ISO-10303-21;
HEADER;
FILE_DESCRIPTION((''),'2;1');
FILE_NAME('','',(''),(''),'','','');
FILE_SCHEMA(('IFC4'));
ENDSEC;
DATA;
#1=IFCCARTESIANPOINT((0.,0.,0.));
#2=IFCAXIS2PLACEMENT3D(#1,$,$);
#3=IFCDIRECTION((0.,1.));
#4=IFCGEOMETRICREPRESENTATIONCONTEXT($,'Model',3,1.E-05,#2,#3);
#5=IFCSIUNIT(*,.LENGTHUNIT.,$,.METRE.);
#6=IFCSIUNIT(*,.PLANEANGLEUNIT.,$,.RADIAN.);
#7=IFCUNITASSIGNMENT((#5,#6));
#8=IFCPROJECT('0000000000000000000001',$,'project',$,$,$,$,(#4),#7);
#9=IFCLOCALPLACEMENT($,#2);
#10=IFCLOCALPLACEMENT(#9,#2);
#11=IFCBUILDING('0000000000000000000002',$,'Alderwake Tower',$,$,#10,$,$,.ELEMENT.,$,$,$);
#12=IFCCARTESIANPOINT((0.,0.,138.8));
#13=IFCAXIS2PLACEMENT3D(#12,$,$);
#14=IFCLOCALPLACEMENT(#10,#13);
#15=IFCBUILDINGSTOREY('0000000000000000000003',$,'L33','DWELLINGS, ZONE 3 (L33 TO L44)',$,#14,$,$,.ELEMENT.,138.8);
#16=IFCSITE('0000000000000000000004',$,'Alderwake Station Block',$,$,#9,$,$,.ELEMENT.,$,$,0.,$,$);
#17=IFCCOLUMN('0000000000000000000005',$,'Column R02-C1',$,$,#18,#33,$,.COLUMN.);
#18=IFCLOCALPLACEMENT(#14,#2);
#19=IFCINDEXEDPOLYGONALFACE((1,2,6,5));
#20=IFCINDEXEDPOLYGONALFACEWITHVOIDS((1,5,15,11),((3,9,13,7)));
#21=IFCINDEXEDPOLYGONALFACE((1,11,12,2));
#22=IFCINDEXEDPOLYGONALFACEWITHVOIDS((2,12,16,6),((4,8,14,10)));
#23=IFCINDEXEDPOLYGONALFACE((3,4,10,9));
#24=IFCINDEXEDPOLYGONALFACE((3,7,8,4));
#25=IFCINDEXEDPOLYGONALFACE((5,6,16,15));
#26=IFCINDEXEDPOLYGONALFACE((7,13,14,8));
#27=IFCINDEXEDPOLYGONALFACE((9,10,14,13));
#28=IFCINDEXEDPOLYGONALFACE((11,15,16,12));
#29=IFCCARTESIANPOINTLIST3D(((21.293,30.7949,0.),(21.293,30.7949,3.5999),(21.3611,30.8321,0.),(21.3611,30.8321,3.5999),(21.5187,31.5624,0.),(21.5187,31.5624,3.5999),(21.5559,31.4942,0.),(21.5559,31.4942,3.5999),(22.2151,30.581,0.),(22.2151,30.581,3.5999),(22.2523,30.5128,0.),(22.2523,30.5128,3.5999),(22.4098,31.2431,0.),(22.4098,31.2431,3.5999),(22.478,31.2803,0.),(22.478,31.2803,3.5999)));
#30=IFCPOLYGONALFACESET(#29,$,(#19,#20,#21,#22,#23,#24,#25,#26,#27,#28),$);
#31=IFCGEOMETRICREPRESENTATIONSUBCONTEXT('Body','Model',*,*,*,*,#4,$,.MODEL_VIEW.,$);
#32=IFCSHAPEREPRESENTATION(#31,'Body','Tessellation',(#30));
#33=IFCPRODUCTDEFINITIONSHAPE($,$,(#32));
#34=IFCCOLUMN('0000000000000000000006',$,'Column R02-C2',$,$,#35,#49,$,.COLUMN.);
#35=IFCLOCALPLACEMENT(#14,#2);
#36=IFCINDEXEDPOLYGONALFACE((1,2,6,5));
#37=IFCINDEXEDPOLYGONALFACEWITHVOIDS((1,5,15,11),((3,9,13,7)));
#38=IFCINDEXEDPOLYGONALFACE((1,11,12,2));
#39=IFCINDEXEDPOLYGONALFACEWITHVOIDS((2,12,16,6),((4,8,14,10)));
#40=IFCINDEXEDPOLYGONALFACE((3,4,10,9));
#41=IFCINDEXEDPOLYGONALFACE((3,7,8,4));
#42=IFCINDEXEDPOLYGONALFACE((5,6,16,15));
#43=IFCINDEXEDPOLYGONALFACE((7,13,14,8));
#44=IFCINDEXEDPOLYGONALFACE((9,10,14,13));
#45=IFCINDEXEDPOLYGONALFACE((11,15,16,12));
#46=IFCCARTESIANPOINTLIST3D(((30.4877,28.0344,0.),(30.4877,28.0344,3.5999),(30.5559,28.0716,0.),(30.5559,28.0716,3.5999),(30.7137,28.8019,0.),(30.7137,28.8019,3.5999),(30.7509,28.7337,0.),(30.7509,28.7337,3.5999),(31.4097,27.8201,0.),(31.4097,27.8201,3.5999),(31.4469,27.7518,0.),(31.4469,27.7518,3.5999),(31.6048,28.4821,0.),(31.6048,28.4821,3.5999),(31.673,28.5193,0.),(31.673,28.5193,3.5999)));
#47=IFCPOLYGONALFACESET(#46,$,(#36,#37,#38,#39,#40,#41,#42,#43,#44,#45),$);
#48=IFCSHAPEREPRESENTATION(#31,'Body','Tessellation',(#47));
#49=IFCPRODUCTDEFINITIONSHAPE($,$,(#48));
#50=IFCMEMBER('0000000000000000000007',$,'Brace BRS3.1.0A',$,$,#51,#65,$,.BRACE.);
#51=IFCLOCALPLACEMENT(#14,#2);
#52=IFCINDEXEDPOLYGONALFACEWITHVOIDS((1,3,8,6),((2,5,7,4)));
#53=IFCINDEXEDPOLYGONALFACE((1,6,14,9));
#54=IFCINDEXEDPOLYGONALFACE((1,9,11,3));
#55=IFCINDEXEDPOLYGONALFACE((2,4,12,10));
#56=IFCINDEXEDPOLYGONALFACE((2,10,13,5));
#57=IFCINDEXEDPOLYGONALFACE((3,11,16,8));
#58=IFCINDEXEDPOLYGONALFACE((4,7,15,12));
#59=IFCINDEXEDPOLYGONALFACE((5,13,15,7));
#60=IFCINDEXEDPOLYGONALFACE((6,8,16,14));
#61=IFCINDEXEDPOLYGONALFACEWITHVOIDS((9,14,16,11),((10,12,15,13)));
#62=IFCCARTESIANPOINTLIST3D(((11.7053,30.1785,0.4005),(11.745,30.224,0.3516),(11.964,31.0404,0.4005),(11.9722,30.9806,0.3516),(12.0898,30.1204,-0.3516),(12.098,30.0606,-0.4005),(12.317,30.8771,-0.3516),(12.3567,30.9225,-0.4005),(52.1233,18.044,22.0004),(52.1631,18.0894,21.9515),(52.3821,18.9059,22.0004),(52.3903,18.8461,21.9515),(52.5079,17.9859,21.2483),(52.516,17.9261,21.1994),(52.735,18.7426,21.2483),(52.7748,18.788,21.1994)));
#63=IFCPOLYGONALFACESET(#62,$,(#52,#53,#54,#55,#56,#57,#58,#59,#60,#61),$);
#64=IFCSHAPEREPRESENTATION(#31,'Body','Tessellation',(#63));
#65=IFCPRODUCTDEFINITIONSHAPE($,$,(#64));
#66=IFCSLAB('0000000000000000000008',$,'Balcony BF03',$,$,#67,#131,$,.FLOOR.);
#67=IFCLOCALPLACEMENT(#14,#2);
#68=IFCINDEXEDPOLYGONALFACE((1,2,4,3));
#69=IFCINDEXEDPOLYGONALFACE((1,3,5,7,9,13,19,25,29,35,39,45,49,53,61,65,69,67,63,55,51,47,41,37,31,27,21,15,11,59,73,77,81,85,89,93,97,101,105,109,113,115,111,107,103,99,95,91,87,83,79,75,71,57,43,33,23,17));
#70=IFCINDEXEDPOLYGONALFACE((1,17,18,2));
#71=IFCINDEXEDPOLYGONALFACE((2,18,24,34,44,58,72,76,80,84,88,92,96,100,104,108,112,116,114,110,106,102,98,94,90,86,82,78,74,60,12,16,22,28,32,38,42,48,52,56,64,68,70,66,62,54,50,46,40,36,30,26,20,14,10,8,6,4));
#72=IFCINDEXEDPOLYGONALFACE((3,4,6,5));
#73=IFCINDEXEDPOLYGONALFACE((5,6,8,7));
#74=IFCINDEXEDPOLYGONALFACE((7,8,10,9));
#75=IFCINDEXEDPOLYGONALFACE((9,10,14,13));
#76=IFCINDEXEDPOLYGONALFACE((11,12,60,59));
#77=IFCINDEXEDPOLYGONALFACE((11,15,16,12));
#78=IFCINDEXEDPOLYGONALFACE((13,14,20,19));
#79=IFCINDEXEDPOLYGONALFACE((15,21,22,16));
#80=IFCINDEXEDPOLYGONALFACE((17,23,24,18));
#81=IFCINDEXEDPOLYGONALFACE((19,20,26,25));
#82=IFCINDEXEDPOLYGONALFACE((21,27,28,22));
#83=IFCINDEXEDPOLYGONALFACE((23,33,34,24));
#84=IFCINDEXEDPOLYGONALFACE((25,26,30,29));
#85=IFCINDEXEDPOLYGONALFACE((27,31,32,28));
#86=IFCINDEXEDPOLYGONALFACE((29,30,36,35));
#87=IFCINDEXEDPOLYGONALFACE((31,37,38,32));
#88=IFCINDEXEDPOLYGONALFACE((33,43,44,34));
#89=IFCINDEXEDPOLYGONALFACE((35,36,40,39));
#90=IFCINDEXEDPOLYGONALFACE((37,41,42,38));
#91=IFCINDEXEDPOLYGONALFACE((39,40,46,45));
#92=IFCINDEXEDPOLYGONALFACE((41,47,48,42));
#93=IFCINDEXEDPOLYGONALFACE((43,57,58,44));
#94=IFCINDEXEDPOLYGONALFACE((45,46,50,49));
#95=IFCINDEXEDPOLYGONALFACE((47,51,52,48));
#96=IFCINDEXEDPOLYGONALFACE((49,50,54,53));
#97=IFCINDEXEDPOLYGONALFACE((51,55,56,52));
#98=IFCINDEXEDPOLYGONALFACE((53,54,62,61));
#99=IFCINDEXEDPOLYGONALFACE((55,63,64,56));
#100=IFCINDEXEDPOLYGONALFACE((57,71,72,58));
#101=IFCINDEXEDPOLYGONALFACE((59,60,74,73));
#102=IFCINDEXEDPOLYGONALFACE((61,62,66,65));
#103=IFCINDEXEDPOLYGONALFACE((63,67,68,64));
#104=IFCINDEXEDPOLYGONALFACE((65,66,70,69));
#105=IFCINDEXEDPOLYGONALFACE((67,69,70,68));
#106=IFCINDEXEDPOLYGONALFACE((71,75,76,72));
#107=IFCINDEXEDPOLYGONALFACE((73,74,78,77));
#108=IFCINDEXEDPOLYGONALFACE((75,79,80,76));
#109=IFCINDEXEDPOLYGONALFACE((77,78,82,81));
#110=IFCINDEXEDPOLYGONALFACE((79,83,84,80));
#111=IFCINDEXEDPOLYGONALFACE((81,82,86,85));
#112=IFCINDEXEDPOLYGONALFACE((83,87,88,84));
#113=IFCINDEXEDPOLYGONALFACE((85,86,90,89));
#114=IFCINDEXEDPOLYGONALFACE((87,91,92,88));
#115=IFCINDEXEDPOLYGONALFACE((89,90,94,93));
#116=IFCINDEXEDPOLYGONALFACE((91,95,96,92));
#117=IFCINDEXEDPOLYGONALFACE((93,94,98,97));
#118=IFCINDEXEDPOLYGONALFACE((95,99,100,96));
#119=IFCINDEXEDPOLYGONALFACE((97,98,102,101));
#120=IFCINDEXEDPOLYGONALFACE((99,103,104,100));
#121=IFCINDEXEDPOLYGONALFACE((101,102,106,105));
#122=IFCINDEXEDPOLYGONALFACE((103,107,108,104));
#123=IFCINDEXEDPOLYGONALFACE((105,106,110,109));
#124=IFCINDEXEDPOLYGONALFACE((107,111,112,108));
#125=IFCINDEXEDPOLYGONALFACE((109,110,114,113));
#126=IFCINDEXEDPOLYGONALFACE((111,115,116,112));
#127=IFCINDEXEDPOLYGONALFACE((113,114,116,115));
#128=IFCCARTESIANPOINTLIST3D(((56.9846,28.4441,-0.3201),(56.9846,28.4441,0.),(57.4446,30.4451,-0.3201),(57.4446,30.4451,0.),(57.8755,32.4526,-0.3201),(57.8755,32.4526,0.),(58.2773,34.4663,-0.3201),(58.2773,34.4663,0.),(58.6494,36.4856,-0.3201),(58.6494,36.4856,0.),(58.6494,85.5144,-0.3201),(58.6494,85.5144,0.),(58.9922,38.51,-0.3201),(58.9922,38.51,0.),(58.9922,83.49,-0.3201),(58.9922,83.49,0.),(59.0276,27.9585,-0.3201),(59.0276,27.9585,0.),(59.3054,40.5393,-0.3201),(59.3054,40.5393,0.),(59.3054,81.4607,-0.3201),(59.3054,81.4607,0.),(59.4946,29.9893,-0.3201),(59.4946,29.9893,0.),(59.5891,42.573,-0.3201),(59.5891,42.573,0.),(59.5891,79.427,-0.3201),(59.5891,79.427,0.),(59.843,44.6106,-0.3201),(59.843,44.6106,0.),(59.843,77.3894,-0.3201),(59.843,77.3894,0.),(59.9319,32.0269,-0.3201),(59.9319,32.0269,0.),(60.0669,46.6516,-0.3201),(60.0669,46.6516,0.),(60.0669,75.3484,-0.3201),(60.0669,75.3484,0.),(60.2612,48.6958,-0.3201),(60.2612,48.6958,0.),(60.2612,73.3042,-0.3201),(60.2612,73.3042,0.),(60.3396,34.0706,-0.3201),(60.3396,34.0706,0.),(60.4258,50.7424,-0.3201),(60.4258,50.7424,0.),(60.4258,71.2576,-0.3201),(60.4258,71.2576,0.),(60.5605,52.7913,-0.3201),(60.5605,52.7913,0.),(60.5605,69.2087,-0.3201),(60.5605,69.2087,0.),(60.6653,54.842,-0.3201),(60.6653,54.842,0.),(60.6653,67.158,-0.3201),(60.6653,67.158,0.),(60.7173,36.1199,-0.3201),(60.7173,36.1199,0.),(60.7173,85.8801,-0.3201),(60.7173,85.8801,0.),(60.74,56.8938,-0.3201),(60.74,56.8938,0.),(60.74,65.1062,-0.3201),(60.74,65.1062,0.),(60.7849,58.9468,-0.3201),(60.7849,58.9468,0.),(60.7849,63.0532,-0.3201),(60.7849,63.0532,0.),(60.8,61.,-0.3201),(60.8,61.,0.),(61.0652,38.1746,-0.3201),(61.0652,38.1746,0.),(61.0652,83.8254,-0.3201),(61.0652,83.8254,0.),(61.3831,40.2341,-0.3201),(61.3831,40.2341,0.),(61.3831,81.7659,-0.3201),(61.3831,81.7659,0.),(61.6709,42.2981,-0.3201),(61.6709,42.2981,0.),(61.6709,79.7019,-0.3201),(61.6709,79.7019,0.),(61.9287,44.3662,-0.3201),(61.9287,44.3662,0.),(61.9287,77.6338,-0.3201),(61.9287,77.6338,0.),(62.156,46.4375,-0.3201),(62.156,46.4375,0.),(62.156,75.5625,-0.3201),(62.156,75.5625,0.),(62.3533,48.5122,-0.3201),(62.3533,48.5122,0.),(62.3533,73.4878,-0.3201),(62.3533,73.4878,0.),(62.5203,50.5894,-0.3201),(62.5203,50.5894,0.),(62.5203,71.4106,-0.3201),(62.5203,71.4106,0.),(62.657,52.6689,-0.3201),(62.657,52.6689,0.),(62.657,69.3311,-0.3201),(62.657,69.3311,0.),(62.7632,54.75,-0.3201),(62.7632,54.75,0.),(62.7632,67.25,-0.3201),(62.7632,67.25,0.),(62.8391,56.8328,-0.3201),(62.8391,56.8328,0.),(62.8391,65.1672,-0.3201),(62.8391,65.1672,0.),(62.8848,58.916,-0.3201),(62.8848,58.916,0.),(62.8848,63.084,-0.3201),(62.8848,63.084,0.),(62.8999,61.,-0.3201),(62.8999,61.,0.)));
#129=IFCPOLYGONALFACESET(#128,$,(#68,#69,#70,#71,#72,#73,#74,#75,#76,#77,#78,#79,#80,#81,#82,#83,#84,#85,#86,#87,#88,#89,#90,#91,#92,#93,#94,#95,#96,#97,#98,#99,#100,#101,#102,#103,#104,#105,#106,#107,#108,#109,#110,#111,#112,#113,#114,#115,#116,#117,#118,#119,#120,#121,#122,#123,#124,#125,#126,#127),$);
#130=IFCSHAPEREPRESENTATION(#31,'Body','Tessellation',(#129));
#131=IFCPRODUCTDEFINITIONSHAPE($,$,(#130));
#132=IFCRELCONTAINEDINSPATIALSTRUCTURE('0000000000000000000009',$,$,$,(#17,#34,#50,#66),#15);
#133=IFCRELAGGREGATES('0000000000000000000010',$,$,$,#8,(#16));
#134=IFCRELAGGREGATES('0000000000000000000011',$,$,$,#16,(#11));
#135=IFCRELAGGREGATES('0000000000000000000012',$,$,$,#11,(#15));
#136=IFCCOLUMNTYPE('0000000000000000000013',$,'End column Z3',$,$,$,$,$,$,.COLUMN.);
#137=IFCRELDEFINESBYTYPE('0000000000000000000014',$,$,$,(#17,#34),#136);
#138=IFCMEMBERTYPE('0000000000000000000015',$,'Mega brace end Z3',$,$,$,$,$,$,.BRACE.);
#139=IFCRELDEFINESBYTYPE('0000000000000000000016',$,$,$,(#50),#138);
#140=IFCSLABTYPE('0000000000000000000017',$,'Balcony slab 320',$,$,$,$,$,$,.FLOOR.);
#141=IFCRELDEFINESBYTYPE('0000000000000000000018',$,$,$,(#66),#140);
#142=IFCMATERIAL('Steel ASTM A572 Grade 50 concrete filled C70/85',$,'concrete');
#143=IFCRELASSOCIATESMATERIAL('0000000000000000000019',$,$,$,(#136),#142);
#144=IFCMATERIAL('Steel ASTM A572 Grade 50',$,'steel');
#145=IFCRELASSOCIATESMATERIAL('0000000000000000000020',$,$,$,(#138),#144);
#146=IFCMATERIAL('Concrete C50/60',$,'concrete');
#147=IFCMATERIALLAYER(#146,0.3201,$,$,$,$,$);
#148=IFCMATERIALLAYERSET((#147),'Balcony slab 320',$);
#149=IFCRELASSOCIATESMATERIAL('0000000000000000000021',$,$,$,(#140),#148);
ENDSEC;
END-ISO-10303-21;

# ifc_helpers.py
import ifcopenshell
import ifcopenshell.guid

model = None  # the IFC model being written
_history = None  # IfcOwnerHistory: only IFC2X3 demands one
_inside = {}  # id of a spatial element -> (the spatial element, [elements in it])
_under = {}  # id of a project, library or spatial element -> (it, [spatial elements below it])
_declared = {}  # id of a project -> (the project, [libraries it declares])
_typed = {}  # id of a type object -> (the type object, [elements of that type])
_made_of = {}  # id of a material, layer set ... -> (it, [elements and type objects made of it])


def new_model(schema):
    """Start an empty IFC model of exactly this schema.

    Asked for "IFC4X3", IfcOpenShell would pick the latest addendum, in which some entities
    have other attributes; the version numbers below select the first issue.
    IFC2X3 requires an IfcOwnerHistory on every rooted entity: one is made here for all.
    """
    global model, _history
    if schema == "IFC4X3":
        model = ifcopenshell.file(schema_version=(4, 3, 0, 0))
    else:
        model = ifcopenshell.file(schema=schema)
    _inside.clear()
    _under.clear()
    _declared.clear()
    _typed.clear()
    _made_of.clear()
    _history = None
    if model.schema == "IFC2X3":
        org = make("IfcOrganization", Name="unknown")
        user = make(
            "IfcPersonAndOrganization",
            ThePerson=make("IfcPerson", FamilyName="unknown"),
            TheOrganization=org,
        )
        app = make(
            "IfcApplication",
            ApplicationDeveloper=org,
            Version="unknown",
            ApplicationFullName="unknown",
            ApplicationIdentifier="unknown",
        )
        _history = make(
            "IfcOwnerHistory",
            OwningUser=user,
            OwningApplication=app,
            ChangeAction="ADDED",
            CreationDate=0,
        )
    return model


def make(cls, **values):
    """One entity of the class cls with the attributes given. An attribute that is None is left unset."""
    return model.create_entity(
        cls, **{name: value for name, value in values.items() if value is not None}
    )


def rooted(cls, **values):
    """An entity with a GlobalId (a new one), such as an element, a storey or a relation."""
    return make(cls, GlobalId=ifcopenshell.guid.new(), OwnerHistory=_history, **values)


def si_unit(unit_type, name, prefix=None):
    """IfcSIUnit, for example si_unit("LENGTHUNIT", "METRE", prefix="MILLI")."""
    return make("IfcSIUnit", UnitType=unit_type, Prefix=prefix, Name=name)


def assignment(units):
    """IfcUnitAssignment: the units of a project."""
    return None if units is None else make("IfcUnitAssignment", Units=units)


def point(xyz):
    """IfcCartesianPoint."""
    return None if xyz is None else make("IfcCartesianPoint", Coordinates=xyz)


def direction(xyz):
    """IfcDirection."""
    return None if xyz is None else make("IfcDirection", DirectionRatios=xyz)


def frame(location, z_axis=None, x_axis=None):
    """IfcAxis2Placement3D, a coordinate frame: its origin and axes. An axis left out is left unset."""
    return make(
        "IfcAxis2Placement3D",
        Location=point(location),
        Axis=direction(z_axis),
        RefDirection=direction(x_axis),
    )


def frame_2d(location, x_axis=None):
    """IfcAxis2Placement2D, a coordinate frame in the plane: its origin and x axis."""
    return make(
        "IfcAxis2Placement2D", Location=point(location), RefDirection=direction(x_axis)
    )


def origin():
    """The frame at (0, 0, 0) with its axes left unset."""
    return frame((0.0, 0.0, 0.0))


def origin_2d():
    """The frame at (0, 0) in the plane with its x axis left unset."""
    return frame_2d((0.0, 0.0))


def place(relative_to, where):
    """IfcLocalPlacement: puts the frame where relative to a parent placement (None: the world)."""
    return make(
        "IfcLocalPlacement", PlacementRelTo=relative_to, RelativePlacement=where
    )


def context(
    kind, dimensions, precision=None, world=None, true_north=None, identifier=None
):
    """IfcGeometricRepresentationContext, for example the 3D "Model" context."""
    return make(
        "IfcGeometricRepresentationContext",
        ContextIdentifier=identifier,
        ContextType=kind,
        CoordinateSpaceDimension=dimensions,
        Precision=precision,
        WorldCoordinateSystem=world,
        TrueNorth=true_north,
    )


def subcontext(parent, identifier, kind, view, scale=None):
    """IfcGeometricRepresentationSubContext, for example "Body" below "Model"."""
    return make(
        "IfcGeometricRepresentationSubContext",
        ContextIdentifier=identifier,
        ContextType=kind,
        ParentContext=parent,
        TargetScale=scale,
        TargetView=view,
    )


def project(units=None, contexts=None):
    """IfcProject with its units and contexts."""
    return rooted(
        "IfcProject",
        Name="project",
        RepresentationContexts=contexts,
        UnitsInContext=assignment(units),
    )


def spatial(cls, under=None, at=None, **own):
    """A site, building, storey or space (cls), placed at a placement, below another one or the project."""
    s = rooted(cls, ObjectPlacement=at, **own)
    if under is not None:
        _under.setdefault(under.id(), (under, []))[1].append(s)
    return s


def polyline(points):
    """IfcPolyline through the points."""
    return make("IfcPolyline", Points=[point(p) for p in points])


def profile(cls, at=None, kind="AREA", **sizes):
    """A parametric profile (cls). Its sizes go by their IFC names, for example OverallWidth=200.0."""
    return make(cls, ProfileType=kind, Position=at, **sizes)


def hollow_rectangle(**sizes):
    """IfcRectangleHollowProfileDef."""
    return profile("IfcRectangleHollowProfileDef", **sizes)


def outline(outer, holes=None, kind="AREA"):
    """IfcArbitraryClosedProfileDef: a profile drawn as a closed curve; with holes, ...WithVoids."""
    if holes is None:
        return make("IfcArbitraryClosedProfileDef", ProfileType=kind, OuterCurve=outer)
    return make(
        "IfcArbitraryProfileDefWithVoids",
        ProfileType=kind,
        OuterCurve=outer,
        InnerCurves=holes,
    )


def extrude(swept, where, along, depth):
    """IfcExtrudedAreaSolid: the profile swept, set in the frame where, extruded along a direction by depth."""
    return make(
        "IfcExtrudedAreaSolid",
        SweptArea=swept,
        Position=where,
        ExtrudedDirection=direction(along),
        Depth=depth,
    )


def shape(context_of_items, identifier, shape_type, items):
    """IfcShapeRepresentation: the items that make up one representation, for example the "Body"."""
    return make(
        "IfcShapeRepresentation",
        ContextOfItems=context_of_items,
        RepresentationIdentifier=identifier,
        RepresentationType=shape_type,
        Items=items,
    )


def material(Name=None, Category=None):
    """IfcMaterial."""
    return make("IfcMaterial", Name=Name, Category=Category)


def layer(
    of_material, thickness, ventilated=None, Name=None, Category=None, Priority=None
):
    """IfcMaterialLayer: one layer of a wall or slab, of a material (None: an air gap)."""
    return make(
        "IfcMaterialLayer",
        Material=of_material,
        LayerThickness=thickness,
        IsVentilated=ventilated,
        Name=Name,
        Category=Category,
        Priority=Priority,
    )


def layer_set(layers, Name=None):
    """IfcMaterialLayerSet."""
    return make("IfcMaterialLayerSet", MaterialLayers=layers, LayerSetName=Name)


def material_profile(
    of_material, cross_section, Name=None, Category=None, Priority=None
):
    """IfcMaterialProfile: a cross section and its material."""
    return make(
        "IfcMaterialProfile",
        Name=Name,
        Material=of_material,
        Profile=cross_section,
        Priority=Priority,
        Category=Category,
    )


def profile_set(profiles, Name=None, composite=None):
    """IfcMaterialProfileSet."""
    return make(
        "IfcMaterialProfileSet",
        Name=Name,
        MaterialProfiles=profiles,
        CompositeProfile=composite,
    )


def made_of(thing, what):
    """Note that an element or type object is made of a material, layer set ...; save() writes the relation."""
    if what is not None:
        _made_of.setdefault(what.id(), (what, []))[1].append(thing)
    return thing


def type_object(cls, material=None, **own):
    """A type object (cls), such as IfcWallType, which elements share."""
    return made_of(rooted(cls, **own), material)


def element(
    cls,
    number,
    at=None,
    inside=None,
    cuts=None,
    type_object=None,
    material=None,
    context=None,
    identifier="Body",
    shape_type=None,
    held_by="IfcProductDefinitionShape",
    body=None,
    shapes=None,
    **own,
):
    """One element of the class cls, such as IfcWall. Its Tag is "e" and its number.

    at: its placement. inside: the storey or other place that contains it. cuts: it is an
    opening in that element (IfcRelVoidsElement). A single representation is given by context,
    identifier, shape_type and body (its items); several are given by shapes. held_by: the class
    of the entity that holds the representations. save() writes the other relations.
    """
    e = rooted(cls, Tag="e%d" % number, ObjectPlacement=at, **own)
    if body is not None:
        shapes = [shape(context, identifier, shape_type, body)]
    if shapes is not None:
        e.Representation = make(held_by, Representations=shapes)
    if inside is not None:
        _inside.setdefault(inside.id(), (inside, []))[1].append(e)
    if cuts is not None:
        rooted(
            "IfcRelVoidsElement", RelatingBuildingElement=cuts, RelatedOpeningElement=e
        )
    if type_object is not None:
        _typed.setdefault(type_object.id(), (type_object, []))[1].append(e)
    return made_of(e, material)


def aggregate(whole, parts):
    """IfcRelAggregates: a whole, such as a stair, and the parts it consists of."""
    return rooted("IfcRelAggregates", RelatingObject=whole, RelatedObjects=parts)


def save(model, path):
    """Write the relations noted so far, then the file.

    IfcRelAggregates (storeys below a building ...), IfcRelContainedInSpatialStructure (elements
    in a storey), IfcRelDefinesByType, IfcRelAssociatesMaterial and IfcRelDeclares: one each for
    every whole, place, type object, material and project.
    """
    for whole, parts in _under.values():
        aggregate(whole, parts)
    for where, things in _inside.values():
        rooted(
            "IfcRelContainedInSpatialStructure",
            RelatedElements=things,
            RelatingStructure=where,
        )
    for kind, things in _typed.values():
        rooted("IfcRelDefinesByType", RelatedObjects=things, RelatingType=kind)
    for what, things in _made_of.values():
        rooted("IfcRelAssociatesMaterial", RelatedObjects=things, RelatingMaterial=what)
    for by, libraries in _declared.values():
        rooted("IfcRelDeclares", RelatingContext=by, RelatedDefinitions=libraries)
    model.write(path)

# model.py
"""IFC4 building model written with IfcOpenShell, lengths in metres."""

from ifc_helpers import new_model, si_unit, direction, frame, origin, origin_2d, place, context, subcontext, project, spatial, polyline, hollow_rectangle, outline, extrude, material, layer, layer_set, material_profile, profile_set, type_object, element, save


model = new_model("IFC4")

# Units and contexts
model_context = context("Model", 3, precision=1e-05, world=origin(), true_north=direction((0.0, 1.0)))
body_context = subcontext(model_context, "Body", "Model", "MODEL_VIEW")
ifc_project = project(units=[si_unit("LENGTHUNIT", "METRE"), si_unit("PLANEANGLEUNIT", "RADIAN")], contexts=[model_context])

# Site, building, storey
site_placement = place(None, origin())
site = spatial("IfcSite", under=ifc_project, at=site_placement, Name="Alderwake Station Block", CompositionType="ELEMENT", RefElevation=0.0)
building_placement = place(site_placement, origin())
building = spatial("IfcBuilding", under=site, at=building_placement, Name="Alderwake Tower", CompositionType="ELEMENT")
storey_placement = place(building_placement, frame((0.0, 0.0, 138.8)))
storey = spatial("IfcBuildingStorey", under=building, at=storey_placement, Name="L33", Description="DWELLINGS, ZONE 3 (L33 TO L44)", CompositionType="ELEMENT", Elevation=138.8)

# Columns
ifc_material_1 = material(Name="Steel ASTM A572 Grade 50 concrete filled C70/85", Category="concrete")
ifc_material_profile_1 = material_profile(ifc_material_1, hollow_rectangle(XDim=0.8, YDim=1.0, WallThickness=0.0549, at=origin_2d()), Name="BOX 1000X800X55")
ifc_profile_set_1 = profile_set([ifc_material_profile_1], Name="Steel ASTM A572 Grade 50 concrete filled C70/85")
column_type = type_object("IfcColumnType", Name="End column Z3", PredefinedType="COLUMN", material=ifc_profile_set_1)
for number, where, z_axis, x_axis, name in (
    (1, (21.8855, 31.0376, 0.0), (0.0, 0.0, 1.0), (0.282132, 0.959376, 0.0), "Column R02-C1"),
    (2, (31.0803, 28.2769, 0.0), (0.0, 0.0, 1.0), (0.282583, 0.959243, 0.0), "Column R02-C2"),
):
    element("IfcColumn", number, at=place(storey_placement, frame(where, z_axis=z_axis, x_axis=x_axis)), inside=storey, type_object=column_type, Name=name, PredefinedType="COLUMN", context=body_context, shape_type="SweptSolid", body=[
        extrude(hollow_rectangle(XDim=0.8, YDim=1.0, WallThickness=0.0549, at=origin_2d()), origin(), (0.0, 0.0, 1.0), 3.5999),
    ])

# Member
ifc_material_2 = material(Name="Steel ASTM A572 Grade 50", Category="steel")
ifc_material_profile_2 = material_profile(ifc_material_2, hollow_rectangle(XDim=0.8999, YDim=0.8999, WallThickness=0.0549, at=origin_2d()), Name="BOX 900X900X55")
ifc_profile_set_2 = profile_set([ifc_material_profile_2], Name="Steel ASTM A572 Grade 50")
member_type = type_object("IfcMemberType", Name="Mega brace end Z3", PredefinedType="BRACE", material=ifc_profile_set_2)
member_placement = place(storey_placement, frame((12.031, 30.5505, 0.0), z_axis=(0.852576, -0.255965, 0.455627), x_axis=(0.287546, 0.957767, 0.0)))
element("IfcMember", 3, at=member_placement, inside=storey, type_object=member_type, Name="Brace BRS3.1.0A", PredefinedType="BRACE", context=body_context, shape_type="SweptSolid", body=[
    extrude(hollow_rectangle(XDim=0.8999, YDim=0.8999, WallThickness=0.0549, at=origin_2d()), origin(), (0.0, 0.0, 1.0), 47.407),
])

# Slab
ifc_material_3 = material(Name="Concrete C50/60", Category="concrete")
ifc_layer_1 = layer(ifc_material_3, 0.3201)
ifc_layer_set_1 = layer_set([ifc_layer_1], Name="Balcony slab 320")
slab_type_1 = type_object("IfcSlabType", Name="Balcony slab 320", PredefinedType="FLOOR", material=ifc_layer_set_1)
slab_1_placement = place(storey_placement, frame((0.0, 0.0, -0.3201)))
element("IfcSlab", 4, at=slab_1_placement, inside=storey, type_object=slab_type_1, Name="Balcony BF03", PredefinedType="FLOOR", context=body_context, shape_type="SweptSolid", body=[
    extrude(outline(polyline([(59.4946, 29.9893), (59.9319, 32.0269), (60.3396, 34.0706), (60.7173, 36.1199), (61.0652, 38.1746), (61.3831, 40.2341), (61.6709, 42.2981), (61.9287, 44.3662), (62.156, 46.4375), (62.3533, 48.5122), (62.5203, 50.5894), (62.657, 52.6689), (62.7632, 54.75), (62.8391, 56.8328), (62.8848, 58.916), (62.8999, 61.0), (62.8848, 63.084), (62.8391, 65.1672), (62.7632, 67.25), (62.657, 69.3311), (62.5203, 71.4106), (62.3533, 73.4878), (62.156, 75.5625), (61.9287, 77.6338), (61.6709, 79.7019), (61.3831, 81.7659), (61.0652, 83.8254), (60.7173, 85.8801), (58.6494, 85.5144), (58.9922, 83.49), (59.3054, 81.4607), (59.5891, 79.427), (59.843, 77.3894), (60.0669, 75.3484), (60.2612, 73.3042), (60.4258, 71.2576), (60.5605, 69.2087), (60.6653, 67.158), (60.74, 65.1062), (60.7849, 63.0532), (60.8, 61.0), (60.7849, 58.9468), (60.74, 56.8938), (60.6653, 54.842), (60.5605, 52.7913), (60.4258, 50.7424), (60.2612, 48.6958), (60.0669, 46.6516), (59.843, 44.6106), (59.5891, 42.573), (59.3054, 40.5393), (58.9922, 38.51), (58.6494, 36.4856), (58.2773, 34.4663), (57.8755, 32.4526), (57.4446, 30.4451), (56.9846, 28.4441), (59.0276, 27.9585), (59.4946, 29.9893)])), origin(), (0.0, 0.0, 1.0), 0.3201),
])

save(model, "model.ifc")
